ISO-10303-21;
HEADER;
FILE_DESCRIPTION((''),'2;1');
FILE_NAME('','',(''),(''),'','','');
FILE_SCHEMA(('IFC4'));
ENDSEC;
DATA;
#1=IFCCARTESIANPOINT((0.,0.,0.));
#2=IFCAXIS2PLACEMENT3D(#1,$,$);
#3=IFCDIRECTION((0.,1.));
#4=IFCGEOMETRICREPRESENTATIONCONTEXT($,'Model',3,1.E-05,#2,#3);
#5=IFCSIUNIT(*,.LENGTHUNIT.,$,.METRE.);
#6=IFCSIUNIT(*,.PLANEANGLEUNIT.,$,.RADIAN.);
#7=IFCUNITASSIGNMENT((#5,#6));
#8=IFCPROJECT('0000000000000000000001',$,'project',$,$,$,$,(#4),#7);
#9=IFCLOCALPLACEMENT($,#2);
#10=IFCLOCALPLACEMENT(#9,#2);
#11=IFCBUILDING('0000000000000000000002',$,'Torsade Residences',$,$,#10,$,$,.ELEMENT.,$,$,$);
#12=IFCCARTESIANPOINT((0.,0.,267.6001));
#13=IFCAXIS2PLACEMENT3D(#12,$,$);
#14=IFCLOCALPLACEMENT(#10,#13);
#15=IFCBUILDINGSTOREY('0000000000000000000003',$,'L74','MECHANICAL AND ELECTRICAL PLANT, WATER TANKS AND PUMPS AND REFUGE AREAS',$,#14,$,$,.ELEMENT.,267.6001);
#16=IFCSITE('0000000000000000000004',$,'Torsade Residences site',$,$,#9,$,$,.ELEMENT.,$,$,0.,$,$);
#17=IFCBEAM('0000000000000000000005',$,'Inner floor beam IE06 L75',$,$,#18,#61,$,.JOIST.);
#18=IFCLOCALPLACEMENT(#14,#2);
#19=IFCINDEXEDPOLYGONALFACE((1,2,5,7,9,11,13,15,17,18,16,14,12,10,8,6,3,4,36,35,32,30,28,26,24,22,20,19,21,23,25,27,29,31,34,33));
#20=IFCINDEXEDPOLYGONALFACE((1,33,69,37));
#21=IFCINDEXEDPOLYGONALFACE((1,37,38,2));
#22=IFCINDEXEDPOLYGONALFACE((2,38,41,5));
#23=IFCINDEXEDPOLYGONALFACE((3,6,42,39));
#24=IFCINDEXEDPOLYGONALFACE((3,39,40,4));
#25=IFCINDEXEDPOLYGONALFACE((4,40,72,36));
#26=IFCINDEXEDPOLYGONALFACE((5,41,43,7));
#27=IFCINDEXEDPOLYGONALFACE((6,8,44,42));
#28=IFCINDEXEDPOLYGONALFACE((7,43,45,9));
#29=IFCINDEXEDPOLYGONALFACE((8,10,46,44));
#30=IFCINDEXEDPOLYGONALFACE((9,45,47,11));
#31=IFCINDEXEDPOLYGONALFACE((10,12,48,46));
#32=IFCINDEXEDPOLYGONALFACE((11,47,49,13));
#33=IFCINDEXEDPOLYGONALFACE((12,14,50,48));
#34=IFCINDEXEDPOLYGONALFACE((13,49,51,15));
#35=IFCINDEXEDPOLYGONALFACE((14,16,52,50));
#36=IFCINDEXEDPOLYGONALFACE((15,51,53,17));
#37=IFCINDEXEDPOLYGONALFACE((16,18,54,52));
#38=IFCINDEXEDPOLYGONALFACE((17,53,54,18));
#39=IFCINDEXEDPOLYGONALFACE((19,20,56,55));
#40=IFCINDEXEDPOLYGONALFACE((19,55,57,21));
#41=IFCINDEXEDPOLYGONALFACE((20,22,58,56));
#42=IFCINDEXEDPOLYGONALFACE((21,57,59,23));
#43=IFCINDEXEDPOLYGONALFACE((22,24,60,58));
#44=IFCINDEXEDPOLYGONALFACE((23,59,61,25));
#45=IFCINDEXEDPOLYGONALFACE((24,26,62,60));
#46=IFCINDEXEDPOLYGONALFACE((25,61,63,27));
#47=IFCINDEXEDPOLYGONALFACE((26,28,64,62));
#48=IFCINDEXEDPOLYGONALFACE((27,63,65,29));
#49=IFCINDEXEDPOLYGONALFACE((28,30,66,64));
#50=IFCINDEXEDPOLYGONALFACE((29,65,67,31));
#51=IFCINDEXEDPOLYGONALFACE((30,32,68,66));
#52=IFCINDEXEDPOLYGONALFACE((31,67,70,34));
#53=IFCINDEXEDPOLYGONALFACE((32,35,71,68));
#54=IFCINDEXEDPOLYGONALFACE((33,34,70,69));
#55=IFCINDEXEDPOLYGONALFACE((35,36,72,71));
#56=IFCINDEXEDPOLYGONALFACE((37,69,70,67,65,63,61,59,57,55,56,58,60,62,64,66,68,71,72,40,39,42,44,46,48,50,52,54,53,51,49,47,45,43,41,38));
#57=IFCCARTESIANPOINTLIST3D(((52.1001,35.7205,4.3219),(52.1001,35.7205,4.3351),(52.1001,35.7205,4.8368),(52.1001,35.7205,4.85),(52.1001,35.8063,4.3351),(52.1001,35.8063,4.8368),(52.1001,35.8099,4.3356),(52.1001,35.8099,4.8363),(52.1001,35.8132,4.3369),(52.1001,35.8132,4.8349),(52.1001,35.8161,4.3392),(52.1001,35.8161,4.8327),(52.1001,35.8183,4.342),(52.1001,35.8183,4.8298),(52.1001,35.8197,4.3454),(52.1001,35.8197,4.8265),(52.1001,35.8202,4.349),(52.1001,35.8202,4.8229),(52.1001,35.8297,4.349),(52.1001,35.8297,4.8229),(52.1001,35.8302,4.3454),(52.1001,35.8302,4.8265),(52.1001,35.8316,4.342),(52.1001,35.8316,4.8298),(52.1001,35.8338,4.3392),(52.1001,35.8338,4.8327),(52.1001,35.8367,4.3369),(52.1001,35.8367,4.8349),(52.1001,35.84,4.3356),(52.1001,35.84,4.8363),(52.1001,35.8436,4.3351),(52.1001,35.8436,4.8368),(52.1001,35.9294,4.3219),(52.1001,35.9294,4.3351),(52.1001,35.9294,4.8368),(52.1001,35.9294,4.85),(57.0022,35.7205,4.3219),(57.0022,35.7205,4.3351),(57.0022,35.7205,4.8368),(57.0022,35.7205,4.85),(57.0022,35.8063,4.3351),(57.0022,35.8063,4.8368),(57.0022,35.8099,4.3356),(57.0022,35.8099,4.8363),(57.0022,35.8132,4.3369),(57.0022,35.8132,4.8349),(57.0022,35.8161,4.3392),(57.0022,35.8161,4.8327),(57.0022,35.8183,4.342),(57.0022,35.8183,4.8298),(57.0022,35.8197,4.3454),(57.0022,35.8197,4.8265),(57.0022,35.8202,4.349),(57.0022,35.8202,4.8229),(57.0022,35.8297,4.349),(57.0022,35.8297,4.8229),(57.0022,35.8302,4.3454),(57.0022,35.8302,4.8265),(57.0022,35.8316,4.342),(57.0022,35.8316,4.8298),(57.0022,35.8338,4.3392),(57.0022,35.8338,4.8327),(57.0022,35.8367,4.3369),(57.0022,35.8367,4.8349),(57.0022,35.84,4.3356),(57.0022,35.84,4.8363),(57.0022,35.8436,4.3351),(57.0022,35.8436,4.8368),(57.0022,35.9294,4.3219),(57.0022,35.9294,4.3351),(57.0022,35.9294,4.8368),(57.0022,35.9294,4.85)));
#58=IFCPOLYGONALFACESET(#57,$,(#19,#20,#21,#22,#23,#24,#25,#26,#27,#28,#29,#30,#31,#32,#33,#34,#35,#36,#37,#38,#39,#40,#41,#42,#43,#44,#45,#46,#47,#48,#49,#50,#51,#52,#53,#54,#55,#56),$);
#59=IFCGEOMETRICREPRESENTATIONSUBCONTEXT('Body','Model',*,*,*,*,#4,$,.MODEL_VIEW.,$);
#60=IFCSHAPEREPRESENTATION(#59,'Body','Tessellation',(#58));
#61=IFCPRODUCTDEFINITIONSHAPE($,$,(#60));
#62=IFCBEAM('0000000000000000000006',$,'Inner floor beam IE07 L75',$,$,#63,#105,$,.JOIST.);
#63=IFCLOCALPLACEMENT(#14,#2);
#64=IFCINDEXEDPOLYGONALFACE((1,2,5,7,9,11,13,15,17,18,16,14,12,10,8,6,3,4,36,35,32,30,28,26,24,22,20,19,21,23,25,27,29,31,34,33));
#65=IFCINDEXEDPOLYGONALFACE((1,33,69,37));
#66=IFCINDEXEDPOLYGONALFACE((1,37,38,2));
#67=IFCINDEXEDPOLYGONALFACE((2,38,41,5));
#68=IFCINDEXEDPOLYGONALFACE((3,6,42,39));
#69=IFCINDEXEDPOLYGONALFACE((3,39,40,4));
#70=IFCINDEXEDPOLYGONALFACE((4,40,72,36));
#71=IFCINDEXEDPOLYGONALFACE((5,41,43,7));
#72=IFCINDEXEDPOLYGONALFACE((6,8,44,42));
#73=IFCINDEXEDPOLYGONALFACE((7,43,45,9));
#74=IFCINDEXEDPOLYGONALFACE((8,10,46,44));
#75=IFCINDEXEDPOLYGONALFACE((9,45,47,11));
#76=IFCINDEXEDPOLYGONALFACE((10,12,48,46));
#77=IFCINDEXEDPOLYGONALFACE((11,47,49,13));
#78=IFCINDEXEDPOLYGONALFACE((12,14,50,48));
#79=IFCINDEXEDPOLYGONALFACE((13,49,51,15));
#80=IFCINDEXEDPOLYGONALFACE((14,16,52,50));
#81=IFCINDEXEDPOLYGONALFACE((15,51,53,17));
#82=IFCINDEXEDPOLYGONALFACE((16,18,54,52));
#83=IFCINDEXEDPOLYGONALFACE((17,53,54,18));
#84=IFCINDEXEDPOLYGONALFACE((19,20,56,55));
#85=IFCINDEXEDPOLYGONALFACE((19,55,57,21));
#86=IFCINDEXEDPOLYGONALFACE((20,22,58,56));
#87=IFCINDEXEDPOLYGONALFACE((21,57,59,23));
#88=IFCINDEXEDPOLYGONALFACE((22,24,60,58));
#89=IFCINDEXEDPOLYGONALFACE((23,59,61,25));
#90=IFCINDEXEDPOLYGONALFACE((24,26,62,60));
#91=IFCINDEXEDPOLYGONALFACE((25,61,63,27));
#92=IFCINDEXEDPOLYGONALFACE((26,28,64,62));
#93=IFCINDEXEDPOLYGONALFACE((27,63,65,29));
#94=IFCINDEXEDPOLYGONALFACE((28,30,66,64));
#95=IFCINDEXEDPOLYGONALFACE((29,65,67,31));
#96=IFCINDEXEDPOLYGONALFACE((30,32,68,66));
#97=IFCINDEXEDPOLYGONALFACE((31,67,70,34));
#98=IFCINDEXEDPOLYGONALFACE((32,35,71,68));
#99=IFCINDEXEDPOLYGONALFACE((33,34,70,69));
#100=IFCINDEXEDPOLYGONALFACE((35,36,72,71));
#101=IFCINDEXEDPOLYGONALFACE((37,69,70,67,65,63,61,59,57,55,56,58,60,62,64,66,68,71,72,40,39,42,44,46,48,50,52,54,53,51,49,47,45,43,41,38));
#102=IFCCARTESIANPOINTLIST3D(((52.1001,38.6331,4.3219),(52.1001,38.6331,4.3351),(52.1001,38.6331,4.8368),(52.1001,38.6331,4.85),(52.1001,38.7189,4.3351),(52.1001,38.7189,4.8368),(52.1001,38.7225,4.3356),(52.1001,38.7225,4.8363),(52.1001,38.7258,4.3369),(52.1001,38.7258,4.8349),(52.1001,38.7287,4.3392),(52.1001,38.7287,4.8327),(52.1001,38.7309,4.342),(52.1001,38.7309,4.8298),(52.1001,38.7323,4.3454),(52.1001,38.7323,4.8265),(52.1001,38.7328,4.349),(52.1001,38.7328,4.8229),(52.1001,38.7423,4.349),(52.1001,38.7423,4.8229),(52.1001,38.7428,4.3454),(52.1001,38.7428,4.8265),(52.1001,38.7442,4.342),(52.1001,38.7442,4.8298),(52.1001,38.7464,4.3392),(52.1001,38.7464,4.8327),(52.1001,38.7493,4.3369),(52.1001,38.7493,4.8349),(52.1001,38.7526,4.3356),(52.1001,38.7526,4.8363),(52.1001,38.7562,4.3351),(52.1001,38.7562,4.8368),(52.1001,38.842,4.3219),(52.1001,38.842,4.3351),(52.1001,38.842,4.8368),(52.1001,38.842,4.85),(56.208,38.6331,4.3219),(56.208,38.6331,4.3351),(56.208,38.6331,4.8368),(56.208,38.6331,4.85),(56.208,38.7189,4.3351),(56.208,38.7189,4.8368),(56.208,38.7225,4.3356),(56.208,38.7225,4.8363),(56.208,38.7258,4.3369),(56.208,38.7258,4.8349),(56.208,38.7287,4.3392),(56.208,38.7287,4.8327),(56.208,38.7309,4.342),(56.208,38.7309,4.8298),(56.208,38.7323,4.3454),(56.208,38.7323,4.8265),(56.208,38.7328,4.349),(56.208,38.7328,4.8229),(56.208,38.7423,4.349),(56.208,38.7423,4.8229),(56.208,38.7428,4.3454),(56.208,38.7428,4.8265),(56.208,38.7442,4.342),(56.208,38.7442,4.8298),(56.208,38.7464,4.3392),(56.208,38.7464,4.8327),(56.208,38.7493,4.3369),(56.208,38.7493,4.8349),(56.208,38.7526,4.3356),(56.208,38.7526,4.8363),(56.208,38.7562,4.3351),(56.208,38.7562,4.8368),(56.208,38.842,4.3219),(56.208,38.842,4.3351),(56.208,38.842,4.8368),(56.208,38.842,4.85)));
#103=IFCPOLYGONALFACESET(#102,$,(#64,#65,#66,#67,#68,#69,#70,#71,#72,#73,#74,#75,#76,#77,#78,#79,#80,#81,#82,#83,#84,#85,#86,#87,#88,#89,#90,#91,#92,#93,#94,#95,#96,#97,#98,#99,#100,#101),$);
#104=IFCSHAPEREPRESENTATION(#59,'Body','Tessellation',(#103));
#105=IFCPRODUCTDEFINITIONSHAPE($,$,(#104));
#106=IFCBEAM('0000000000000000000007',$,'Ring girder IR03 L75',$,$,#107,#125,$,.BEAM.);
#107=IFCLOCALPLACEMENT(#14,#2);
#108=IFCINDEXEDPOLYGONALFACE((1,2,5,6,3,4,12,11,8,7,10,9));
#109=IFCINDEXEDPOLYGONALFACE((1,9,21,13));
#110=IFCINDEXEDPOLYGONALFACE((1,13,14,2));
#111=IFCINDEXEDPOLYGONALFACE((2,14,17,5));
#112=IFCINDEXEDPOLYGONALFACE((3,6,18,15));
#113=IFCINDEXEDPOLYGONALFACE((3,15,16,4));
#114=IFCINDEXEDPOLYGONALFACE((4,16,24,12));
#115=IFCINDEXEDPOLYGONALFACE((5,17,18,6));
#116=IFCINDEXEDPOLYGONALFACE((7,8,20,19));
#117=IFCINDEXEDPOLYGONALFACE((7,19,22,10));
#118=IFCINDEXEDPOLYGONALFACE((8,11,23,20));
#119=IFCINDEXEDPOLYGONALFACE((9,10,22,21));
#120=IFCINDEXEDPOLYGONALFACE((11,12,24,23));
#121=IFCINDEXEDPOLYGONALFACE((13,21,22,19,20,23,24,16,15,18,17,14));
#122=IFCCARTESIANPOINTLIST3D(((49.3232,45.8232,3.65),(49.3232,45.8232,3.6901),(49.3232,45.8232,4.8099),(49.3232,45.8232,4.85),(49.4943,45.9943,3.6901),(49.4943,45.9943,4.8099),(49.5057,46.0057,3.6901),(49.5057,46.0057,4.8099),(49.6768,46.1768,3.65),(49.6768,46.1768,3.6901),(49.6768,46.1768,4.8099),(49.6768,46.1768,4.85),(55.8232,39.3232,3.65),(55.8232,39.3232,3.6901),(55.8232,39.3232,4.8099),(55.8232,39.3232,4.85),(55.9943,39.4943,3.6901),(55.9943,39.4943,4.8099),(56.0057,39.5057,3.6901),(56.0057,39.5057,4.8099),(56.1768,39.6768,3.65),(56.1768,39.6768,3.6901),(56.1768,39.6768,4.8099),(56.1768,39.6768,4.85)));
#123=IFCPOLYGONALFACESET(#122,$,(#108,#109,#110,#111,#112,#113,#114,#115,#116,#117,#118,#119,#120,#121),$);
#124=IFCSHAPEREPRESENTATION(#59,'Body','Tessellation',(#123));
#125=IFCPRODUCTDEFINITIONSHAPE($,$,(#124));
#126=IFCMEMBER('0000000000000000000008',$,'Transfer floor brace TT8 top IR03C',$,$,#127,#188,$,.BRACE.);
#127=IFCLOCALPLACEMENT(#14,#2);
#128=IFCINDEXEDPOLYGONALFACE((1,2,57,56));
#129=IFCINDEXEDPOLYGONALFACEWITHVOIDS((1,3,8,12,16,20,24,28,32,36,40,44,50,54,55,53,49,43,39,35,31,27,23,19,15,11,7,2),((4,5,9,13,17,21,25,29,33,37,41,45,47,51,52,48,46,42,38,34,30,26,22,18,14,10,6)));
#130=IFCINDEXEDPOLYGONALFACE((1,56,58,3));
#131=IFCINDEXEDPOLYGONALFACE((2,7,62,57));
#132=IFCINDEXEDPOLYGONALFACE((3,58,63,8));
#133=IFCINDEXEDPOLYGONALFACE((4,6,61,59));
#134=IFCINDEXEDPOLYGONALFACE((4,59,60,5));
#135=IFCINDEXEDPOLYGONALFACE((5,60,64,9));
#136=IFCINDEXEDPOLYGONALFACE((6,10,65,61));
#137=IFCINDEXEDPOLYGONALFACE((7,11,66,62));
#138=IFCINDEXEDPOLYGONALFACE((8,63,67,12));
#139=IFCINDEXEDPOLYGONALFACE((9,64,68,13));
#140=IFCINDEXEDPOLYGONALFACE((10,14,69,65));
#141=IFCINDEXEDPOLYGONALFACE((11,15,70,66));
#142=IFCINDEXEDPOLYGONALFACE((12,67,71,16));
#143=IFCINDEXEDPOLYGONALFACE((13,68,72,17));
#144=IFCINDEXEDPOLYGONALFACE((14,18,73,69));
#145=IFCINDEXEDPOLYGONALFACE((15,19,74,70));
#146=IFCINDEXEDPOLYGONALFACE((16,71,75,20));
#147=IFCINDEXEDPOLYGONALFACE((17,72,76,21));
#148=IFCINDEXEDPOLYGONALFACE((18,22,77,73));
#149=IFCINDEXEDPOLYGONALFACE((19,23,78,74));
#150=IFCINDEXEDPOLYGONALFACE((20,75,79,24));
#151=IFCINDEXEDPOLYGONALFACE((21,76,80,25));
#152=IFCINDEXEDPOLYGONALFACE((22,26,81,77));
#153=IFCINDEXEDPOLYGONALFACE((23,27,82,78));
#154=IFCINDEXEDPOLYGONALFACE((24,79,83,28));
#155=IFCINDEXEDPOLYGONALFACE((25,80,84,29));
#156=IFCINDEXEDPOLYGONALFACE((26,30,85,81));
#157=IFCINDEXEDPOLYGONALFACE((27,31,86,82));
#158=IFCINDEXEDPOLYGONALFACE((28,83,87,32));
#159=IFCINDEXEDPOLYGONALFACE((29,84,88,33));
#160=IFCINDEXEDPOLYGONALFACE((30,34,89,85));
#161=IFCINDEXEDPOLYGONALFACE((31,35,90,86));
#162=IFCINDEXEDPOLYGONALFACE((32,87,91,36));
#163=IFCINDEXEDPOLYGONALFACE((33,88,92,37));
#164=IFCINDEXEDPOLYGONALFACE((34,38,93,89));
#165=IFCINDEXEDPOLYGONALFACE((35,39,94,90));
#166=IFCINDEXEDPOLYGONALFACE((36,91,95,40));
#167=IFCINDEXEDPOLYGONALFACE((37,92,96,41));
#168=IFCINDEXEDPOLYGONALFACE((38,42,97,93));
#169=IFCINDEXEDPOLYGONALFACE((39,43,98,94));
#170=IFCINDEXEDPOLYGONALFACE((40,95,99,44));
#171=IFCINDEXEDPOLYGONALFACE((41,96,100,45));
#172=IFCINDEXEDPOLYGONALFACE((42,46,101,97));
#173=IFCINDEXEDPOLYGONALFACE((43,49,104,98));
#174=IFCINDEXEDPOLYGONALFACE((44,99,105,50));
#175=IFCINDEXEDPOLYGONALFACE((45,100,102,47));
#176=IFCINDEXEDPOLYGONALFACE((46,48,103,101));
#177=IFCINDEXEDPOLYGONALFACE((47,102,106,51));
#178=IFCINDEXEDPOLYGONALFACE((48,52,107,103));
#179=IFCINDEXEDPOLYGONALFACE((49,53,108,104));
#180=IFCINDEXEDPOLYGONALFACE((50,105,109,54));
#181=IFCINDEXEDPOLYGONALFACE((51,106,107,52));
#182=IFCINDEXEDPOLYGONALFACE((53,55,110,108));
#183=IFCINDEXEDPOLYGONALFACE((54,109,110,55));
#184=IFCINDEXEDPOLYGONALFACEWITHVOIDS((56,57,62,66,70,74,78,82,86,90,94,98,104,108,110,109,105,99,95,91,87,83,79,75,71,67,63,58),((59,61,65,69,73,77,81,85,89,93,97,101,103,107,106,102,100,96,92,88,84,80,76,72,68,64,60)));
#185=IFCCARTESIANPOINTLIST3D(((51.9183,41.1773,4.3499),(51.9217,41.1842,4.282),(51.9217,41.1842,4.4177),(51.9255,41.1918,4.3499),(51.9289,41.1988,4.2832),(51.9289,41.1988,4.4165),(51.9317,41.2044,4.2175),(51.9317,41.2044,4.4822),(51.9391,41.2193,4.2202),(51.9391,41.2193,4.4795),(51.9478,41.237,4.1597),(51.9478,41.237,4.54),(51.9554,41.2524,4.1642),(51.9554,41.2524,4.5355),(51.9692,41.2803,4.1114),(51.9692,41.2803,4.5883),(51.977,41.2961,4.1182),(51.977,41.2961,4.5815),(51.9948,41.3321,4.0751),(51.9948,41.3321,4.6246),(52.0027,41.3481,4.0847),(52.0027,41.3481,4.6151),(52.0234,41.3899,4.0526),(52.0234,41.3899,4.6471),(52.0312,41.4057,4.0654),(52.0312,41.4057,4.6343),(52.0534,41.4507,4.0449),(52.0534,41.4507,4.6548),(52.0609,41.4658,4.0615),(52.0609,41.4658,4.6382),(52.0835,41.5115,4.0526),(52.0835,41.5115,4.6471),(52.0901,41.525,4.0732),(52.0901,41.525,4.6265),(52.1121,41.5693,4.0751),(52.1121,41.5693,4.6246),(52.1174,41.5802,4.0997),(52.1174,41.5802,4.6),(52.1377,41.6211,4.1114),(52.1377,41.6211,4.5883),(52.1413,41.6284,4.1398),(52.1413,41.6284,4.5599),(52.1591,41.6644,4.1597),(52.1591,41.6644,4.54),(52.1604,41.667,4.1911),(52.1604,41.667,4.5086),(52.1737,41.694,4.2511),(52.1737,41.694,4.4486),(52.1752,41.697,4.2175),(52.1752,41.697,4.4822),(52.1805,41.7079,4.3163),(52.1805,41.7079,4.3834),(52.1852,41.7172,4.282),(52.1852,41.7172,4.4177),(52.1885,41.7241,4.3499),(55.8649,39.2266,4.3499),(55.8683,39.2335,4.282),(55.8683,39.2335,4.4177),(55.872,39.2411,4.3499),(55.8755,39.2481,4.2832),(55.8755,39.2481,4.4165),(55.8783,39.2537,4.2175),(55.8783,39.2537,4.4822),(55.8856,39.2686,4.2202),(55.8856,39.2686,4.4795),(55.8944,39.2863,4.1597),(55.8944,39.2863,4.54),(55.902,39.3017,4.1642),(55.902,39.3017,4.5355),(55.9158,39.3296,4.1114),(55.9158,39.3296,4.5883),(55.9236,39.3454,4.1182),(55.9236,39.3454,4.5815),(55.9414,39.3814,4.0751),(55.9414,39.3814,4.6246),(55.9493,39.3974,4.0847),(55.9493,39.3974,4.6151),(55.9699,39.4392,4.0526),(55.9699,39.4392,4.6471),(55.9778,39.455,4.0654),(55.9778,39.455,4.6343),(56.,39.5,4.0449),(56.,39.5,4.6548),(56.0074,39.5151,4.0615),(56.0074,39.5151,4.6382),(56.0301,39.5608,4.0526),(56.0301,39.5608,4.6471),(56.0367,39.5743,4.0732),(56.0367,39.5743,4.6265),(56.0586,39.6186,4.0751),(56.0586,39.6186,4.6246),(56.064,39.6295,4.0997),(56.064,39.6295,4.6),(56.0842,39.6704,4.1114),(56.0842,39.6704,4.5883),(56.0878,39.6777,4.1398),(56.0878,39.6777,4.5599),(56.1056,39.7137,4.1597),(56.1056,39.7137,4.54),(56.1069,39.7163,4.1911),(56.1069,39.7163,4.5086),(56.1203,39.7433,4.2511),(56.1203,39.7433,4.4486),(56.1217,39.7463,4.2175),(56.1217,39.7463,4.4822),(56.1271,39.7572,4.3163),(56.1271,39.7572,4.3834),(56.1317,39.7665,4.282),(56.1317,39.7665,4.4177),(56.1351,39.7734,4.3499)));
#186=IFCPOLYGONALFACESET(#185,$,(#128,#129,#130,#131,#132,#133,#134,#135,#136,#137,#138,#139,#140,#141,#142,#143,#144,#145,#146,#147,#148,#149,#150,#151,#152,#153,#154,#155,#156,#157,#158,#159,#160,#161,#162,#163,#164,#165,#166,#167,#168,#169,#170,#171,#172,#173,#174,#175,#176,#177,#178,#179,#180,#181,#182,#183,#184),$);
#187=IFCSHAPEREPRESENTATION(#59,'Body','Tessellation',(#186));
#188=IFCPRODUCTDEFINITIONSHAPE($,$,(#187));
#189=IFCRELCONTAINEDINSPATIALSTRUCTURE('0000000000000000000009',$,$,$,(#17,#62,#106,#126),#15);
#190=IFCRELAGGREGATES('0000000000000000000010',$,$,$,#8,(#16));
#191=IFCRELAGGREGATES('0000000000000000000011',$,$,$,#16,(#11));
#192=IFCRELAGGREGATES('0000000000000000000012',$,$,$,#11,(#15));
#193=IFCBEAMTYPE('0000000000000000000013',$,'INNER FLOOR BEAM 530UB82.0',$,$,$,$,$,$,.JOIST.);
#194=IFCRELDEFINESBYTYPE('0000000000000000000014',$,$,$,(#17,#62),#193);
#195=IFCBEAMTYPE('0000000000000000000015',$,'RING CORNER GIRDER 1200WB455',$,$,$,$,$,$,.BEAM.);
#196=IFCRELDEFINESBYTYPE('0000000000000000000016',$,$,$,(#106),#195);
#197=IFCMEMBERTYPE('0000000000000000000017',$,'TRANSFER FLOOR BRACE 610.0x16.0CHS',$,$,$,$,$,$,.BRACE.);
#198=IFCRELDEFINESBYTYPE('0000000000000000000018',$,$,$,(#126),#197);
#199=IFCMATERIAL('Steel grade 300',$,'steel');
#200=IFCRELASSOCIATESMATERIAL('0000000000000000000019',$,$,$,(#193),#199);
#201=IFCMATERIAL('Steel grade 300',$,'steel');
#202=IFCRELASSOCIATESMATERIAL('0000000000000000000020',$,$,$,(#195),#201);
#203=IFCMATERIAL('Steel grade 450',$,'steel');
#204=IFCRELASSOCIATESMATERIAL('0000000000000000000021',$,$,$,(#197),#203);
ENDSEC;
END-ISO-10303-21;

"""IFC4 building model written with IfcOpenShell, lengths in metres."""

from ifc_helpers import new_model, si_unit, direction, frame, origin, origin_2d, place, context, subcontext, project, spatial, hollow_circle, i_section, extrude, material, material_profile, profile_set, type_object, element, save


model = new_model("IFC4")

# Units and contexts
model_context = context("Model", 3, precision=1e-05, world=origin(), true_north=direction((0.0, 1.0)))
body_context = subcontext(model_context, "Body", "Model", "MODEL_VIEW")
ifc_project = project(units=[si_unit("LENGTHUNIT", "METRE"), si_unit("PLANEANGLEUNIT", "RADIAN")], contexts=[model_context])

# Site, building, storey
site_placement = place(None, origin())
site = spatial("IfcSite", under=ifc_project, at=site_placement, Name="Torsade Residences site", CompositionType="ELEMENT", RefElevation=0.0)
building_placement = place(site_placement, origin())
building = spatial("IfcBuilding", under=site, at=building_placement, Name="Torsade Residences", CompositionType="ELEMENT")
storey_placement = place(building_placement, frame((0.0, 0.0, 267.6001)))
storey = spatial("IfcBuildingStorey", under=building, at=storey_placement, Name="L74", Description="MECHANICAL AND ELECTRICAL PLANT, WATER TANKS AND PUMPS AND REFUGE AREAS", CompositionType="ELEMENT", Elevation=267.6001)

# Beams
ifc_material_1 = material(Name="Steel grade 300", Category="steel")
ifc_material_profile_1 = material_profile(ifc_material_1, i_section(OverallWidth=0.209, OverallDepth=0.5281, WebThickness=0.0095, FlangeThickness=0.0132, FilletRadius=0.0139, at=origin_2d()), Name="530UB82.0")
ifc_profile_set_1 = profile_set([ifc_material_profile_1], Name="Steel grade 300")
beam_type_1 = type_object("IfcBeamType", Name="INNER FLOOR BEAM 530UB82.0", PredefinedType="JOIST", material=ifc_profile_set_1)
beam_1_placement = place(storey_placement, frame((52.1001, 35.825, 4.5859), z_axis=(1.0, 0.0, 0.0), x_axis=(0.0, 1.0, 0.0)))
element("IfcBeam", 1, at=beam_1_placement, inside=storey, type_object=beam_type_1, Name="Inner floor beam IE06 L75", PredefinedType="JOIST", context=body_context, shape_type="SweptSolid", body=[
    extrude(i_section(OverallWidth=0.209, OverallDepth=0.5281, WebThickness=0.0095, FlangeThickness=0.0132, FilletRadius=0.0139, at=origin_2d()), origin(), (0.0, 0.0, 1.0), 4.9021),
])
beam_2_placement = place(storey_placement, frame((52.1001, 38.7375, 4.5859), z_axis=(1.0, 0.0, 0.0), x_axis=(0.0, 1.0, 0.0)))
element("IfcBeam", 2, at=beam_2_placement, inside=storey, type_object=beam_type_1, Name="Inner floor beam IE07 L75", PredefinedType="JOIST", context=body_context, shape_type="SweptSolid", body=[
    extrude(i_section(OverallWidth=0.209, OverallDepth=0.5281, WebThickness=0.0095, FlangeThickness=0.0132, FilletRadius=0.0139, at=origin_2d()), origin(), (0.0, 0.0, 1.0), 4.1079),
])
ifc_material_2 = material(Name="Steel grade 300", Category="steel")
ifc_material_profile_2 = material_profile(ifc_material_2, i_section(OverallWidth=0.5, OverallDepth=1.2, WebThickness=0.0161, FlangeThickness=0.04, at=origin_2d()), Name="1200WB455")
ifc_profile_set_2 = profile_set([ifc_material_profile_2], Name="Steel grade 300")
beam_type_2 = type_object("IfcBeamType", Name="RING CORNER GIRDER 1200WB455", PredefinedType="BEAM", material=ifc_profile_set_2)
beam_3_placement = place(storey_placement, frame((56.0, 39.5, 4.25), z_axis=(-0.707107, 0.707107, 0.0), x_axis=(-0.707107, -0.707107, 0.0)))
element("IfcBeam", 3, at=beam_3_placement, inside=storey, type_object=beam_type_2, Name="Ring girder IR03 L75", PredefinedType="BEAM", context=body_context, shape_type="SweptSolid", body=[
    extrude(i_section(OverallWidth=0.5, OverallDepth=1.2, WebThickness=0.0161, FlangeThickness=0.04, at=origin_2d()), origin(), (0.0, 0.0, 1.0), 9.1924),
])

# Member
ifc_material_3 = material(Name="Steel grade 450", Category="steel")
ifc_material_profile_3 = material_profile(ifc_material_3, hollow_circle(Radius=0.3049, WallThickness=0.0161, at=origin_2d()), Name="610.0x16.0CHS")
ifc_profile_set_3 = profile_set([ifc_material_profile_3], Name="Steel grade 450")
member_type_1 = type_object("IfcMemberType", Name="TRANSFER FLOOR BRACE 610.0x16.0CHS", PredefinedType="BRACE", material=ifc_profile_set_3)
member_1_placement = place(storey_placement, frame((56.0, 39.5, 4.3499), z_axis=(-0.89647, 0.443105, 0.0), x_axis=(-0.443105, -0.89647, 0.0)))
element("IfcMember", 4, at=member_1_placement, inside=storey, type_object=member_type_1, Name="Transfer floor brace TT8 top IR03C", PredefinedType="BRACE", context=body_context, shape_type="SweptSolid", body=[
    extrude(hollow_circle(Radius=0.3049, WallThickness=0.0161, at=origin_2d()), origin(), (0.0, 0.0, 1.0), 4.4023),
])

save(model, "model.ifc")
